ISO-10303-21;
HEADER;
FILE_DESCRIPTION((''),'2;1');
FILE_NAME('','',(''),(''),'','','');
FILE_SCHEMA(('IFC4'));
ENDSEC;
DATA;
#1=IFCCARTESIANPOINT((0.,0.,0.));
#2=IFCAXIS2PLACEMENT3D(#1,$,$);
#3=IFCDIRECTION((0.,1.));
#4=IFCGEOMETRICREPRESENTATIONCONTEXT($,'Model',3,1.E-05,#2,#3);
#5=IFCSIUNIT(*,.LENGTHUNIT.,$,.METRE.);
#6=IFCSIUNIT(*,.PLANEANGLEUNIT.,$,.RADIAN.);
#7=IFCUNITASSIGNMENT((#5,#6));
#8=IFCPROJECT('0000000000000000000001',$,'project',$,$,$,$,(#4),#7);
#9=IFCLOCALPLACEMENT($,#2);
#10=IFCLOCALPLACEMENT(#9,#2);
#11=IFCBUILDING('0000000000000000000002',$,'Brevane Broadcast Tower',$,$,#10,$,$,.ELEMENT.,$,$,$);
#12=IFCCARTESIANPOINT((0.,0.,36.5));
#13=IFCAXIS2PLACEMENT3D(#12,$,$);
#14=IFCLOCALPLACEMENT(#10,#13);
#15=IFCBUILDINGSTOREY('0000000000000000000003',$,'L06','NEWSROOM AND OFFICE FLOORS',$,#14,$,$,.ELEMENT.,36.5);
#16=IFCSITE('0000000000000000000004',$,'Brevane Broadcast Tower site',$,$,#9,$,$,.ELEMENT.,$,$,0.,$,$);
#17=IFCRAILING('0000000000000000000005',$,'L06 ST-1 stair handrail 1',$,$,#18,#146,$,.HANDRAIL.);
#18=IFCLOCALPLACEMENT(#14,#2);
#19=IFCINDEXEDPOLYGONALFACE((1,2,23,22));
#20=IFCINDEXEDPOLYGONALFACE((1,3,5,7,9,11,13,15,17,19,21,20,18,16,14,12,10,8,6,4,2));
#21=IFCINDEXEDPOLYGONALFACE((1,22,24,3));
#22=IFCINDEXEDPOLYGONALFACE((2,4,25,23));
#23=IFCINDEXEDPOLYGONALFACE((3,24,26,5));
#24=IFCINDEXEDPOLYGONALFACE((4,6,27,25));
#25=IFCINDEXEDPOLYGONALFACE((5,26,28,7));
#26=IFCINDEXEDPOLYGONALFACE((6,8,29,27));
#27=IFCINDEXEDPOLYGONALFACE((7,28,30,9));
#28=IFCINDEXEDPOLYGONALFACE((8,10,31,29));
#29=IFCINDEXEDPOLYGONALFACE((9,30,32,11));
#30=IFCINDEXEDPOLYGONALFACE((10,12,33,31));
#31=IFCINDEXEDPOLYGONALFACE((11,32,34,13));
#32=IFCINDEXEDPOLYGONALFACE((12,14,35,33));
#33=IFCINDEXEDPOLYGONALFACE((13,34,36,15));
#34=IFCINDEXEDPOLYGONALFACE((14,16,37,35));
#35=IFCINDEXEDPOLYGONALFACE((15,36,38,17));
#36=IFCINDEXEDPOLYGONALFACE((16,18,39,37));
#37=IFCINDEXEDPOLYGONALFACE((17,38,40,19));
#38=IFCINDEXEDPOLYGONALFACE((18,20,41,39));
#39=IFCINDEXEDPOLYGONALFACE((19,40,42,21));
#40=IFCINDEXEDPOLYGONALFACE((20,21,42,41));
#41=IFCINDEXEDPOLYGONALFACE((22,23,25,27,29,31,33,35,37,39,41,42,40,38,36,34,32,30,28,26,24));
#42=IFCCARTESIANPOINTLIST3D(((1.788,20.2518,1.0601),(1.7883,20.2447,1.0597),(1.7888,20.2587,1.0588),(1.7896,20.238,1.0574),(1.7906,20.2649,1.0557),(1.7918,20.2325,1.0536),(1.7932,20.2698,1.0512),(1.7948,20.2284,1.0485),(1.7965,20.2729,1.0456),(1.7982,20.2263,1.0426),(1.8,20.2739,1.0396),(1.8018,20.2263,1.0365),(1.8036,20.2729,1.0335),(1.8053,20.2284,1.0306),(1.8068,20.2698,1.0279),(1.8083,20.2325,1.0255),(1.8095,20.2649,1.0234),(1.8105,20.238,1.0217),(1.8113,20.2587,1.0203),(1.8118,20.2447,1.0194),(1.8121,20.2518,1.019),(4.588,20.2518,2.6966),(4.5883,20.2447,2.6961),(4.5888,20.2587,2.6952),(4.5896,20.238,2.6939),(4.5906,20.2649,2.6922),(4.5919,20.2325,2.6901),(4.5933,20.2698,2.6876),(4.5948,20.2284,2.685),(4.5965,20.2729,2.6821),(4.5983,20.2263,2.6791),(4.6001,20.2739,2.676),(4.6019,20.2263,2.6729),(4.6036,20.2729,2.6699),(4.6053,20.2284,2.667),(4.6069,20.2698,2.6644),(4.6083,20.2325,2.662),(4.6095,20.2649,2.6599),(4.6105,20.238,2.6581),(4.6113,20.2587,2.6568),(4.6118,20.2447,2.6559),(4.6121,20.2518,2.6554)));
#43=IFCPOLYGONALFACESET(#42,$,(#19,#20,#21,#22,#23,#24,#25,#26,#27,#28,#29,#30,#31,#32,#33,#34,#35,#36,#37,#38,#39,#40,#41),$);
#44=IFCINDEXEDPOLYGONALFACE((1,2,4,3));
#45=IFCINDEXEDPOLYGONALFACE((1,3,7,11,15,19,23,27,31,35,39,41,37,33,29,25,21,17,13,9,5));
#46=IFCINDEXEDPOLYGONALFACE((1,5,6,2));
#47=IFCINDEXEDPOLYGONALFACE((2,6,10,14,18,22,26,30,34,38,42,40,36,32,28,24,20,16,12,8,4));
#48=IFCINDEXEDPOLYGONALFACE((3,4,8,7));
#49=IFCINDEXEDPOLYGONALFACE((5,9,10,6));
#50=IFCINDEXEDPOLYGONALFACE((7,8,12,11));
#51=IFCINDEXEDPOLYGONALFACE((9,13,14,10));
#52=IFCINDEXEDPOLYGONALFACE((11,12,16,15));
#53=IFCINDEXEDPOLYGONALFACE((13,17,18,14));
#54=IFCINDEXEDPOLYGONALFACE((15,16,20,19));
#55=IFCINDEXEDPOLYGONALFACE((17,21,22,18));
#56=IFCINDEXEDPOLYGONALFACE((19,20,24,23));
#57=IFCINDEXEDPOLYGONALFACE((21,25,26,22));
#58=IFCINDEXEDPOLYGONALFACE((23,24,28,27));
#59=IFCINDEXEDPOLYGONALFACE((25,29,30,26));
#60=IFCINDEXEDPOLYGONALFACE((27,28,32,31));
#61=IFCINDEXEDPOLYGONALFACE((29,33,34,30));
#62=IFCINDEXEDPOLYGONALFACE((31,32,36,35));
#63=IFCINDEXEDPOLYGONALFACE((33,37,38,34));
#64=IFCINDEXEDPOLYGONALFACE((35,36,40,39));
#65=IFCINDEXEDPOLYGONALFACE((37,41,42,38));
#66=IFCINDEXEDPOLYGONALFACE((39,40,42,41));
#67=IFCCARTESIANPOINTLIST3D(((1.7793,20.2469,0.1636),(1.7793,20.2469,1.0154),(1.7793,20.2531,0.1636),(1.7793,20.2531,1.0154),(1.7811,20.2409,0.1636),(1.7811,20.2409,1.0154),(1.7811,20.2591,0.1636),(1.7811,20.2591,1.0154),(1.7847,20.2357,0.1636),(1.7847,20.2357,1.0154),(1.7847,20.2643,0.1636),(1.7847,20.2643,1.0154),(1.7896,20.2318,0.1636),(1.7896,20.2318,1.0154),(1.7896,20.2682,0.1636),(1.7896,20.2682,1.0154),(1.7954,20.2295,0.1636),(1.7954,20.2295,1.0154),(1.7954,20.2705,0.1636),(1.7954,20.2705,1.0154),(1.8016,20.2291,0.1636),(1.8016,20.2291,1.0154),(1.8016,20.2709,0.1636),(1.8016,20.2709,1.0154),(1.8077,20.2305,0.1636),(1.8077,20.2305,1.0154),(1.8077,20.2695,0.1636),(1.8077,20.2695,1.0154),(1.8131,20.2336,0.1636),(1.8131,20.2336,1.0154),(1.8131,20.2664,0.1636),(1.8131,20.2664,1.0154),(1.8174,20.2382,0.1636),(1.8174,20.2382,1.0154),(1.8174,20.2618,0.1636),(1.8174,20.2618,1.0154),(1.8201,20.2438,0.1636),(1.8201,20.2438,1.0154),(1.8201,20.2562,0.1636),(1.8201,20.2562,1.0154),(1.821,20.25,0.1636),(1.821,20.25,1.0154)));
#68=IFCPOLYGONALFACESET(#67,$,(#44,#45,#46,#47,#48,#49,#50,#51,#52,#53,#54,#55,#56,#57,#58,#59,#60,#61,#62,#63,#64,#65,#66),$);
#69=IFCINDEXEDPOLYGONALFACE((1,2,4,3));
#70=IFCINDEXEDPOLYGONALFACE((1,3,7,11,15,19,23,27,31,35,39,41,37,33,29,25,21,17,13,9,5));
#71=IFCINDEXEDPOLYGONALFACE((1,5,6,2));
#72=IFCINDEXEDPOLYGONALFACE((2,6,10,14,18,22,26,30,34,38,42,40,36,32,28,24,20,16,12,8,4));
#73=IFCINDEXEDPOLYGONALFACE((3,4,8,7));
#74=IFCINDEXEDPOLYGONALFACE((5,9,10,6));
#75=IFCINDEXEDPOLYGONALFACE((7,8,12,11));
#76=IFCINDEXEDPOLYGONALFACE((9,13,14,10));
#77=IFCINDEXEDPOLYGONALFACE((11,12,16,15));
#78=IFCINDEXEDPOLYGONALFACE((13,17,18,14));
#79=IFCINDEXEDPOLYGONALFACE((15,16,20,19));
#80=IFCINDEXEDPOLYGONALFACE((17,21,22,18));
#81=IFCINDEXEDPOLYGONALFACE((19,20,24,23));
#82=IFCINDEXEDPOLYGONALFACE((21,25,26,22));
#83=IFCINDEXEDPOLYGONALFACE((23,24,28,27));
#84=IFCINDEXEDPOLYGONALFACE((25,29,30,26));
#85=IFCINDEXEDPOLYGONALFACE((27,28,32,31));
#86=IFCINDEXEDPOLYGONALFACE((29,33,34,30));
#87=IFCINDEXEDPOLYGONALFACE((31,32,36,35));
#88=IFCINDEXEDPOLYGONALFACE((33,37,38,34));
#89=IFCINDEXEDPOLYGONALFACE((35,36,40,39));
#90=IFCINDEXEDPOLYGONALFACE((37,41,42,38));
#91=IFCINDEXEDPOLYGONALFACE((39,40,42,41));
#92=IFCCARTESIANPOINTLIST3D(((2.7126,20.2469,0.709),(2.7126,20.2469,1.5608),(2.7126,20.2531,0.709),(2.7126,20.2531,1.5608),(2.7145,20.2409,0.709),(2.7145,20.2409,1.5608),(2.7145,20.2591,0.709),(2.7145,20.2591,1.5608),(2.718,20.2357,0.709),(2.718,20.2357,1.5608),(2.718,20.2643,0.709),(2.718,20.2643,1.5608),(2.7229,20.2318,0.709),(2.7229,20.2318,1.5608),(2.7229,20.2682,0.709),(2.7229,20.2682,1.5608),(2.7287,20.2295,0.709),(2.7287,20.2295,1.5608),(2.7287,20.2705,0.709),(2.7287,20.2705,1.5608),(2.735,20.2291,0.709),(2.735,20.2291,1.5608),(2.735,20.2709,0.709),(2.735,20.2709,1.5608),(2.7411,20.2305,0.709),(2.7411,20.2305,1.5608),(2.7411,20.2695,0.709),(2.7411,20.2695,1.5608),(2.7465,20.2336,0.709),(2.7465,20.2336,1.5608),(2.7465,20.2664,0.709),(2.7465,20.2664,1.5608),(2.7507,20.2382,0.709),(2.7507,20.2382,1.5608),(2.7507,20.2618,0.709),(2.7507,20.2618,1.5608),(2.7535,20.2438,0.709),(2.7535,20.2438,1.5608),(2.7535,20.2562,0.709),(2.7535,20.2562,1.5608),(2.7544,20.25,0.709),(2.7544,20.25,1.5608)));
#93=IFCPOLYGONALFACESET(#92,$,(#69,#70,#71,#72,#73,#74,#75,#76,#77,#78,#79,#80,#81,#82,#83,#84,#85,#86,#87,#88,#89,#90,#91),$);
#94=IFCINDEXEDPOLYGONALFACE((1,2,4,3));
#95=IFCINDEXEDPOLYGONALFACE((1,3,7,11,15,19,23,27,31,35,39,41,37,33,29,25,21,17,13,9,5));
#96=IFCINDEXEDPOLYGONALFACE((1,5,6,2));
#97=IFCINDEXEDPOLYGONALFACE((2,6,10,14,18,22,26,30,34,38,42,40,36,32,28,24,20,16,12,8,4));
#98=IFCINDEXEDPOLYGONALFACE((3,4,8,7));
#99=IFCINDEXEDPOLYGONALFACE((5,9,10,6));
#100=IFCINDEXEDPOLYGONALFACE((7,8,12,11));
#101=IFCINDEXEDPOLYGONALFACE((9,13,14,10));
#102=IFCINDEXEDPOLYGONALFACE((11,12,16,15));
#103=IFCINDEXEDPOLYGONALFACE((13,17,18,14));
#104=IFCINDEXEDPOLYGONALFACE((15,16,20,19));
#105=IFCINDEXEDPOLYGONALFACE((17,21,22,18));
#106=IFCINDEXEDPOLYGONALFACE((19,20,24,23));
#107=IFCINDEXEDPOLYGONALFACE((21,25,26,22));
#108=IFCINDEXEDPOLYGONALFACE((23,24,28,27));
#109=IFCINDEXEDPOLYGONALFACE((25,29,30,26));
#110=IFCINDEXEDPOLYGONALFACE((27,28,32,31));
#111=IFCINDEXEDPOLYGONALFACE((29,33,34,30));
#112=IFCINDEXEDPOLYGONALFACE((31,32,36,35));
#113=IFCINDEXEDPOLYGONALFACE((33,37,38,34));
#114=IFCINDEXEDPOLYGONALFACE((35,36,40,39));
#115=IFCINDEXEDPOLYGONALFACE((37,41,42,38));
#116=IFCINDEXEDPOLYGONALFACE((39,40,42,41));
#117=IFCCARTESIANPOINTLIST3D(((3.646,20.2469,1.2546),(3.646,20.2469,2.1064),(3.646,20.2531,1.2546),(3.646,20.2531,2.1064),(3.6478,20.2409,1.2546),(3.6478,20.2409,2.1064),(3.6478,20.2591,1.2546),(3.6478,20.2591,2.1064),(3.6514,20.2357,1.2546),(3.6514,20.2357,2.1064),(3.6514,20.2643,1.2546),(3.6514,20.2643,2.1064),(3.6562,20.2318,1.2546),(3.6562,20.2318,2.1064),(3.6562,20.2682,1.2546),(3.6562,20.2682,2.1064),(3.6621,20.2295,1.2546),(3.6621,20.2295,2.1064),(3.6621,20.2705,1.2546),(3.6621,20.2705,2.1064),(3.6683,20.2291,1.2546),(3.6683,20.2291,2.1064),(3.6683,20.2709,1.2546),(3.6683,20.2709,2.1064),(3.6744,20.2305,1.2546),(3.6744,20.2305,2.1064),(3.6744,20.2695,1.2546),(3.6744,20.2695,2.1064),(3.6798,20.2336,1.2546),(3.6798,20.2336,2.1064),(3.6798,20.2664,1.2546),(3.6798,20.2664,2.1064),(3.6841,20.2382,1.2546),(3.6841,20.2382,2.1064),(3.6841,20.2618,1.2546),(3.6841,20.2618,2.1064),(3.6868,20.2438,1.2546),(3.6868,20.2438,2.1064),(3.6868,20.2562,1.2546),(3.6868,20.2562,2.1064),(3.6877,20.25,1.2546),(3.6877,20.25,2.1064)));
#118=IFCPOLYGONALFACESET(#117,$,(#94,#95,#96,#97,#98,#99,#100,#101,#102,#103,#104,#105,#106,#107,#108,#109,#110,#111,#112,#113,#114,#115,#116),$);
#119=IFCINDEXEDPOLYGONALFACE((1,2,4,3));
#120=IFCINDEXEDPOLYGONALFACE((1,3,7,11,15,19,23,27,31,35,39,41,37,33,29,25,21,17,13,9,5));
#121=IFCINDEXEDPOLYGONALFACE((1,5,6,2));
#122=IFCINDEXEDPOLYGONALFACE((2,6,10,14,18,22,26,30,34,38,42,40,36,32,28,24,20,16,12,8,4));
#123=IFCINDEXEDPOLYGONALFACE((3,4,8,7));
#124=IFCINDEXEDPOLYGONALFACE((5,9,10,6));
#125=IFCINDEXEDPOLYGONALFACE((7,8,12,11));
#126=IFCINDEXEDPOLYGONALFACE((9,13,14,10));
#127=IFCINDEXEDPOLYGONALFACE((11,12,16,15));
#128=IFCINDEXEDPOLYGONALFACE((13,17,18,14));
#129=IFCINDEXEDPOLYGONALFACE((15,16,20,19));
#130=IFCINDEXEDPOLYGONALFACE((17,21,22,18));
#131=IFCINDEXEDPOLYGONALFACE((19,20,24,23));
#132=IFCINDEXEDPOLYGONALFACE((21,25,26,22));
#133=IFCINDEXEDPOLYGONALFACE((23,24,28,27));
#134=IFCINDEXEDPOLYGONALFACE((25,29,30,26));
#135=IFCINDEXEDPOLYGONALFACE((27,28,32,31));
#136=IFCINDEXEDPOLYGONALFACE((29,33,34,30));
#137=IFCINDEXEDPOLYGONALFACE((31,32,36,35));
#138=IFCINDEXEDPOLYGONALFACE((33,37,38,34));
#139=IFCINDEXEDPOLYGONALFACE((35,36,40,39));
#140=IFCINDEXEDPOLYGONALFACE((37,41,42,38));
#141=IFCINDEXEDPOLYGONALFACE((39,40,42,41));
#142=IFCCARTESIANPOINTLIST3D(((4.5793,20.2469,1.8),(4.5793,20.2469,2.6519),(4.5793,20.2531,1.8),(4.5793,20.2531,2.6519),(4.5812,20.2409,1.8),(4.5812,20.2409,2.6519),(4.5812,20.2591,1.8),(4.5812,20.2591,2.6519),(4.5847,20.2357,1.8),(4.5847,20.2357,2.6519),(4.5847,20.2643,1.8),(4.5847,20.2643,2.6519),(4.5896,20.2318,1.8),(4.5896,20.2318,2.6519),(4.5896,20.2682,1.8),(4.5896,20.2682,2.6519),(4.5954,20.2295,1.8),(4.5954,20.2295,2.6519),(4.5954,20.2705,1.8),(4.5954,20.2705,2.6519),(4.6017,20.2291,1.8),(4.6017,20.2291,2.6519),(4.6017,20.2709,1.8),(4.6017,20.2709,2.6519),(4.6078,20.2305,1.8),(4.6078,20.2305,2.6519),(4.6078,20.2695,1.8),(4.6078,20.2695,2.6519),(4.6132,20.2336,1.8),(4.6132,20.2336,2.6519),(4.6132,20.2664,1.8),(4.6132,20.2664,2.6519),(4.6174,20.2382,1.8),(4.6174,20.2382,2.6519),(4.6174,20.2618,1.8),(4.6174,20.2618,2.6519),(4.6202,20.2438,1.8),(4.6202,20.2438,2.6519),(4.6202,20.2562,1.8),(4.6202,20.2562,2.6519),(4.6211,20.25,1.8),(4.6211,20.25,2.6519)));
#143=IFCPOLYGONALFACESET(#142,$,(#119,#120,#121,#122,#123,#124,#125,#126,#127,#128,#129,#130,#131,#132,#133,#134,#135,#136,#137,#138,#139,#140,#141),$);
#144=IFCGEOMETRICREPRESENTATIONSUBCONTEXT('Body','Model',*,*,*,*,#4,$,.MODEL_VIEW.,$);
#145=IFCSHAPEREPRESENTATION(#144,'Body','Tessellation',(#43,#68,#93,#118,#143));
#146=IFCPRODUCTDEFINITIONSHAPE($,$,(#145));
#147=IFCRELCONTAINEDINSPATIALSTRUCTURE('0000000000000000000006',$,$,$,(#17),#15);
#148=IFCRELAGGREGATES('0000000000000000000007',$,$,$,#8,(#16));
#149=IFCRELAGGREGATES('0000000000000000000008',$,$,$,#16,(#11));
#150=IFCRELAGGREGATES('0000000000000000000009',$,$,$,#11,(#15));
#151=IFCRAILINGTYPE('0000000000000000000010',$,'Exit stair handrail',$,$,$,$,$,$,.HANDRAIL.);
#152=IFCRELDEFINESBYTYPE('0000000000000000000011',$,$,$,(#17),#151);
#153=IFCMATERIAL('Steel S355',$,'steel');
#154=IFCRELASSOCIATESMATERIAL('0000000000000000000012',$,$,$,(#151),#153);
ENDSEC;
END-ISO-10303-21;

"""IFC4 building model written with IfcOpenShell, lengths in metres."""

from ifc_helpers import new_model, si_unit, direction, frame, origin, origin_2d, place, context, subcontext, project, spatial, circle, extrude, material, type_object, element, save


model = new_model("IFC4")

# Units and contexts
model_context = context("Model", 3, precision=1e-05, world=origin(), true_north=direction((0.0, 1.0)))
body_context = subcontext(model_context, "Body", "Model", "MODEL_VIEW")
ifc_project = project(units=[si_unit("LENGTHUNIT", "METRE"), si_unit("PLANEANGLEUNIT", "RADIAN")], contexts=[model_context])

# Site, building, storey
site_placement = place(None, origin())
site = spatial("IfcSite", under=ifc_project, at=site_placement, Name="Brevane Broadcast Tower site", CompositionType="ELEMENT", RefElevation=0.0)
building_placement = place(site_placement, origin())
building = spatial("IfcBuilding", under=site, at=building_placement, Name="Brevane Broadcast Tower", CompositionType="ELEMENT")
storey_placement = place(building_placement, frame((0.0, 0.0, 36.5)))
storey = spatial("IfcBuildingStorey", under=building, at=storey_placement, Name="L06", Description="NEWSROOM AND OFFICE FLOORS", CompositionType="ELEMENT", Elevation=36.5)

# Railing
ifc_material_1 = material(Name="Steel S355", Category="steel")
railing_type_1 = type_object("IfcRailingType", Name="Exit stair handrail", PredefinedType="HANDRAIL", material=ifc_material_1)
railing_1_placement = place(storey_placement, frame((1.8, 20.25, 0.1636)))
element("IfcRailing", 1, at=railing_1_placement, inside=storey, type_object=railing_type_1, Name="L06 ST-1 stair handrail 1", PredefinedType="HANDRAIL", context=body_context, shape_type="SweptSolid", body=[
    extrude(circle(Radius=0.0239, at=origin_2d()), frame((0.0, 0.0, 0.876), z_axis=(0.863361, 0.0, 0.504587), x_axis=(0.0, 1.0, 0.0)), (0.0, 0.0, 1.0), 3.2432),
    extrude(circle(Radius=0.021, at=origin_2d()), origin(), (0.0, 0.0, 1.0), 0.8518),
    extrude(circle(Radius=0.021, at=origin_2d()), frame((0.9333, 0.0, 0.5454)), (0.0, 0.0, 1.0), 0.8518),
    extrude(circle(Radius=0.021, at=origin_2d()), frame((1.8667, 0.0, 1.0911)), (0.0, 0.0, 1.0), 0.8518),
    extrude(circle(Radius=0.021, at=origin_2d()), frame((2.8, 0.0, 1.6365)), (0.0, 0.0, 1.0), 0.8518),
])

save(model, "model.ifc")
